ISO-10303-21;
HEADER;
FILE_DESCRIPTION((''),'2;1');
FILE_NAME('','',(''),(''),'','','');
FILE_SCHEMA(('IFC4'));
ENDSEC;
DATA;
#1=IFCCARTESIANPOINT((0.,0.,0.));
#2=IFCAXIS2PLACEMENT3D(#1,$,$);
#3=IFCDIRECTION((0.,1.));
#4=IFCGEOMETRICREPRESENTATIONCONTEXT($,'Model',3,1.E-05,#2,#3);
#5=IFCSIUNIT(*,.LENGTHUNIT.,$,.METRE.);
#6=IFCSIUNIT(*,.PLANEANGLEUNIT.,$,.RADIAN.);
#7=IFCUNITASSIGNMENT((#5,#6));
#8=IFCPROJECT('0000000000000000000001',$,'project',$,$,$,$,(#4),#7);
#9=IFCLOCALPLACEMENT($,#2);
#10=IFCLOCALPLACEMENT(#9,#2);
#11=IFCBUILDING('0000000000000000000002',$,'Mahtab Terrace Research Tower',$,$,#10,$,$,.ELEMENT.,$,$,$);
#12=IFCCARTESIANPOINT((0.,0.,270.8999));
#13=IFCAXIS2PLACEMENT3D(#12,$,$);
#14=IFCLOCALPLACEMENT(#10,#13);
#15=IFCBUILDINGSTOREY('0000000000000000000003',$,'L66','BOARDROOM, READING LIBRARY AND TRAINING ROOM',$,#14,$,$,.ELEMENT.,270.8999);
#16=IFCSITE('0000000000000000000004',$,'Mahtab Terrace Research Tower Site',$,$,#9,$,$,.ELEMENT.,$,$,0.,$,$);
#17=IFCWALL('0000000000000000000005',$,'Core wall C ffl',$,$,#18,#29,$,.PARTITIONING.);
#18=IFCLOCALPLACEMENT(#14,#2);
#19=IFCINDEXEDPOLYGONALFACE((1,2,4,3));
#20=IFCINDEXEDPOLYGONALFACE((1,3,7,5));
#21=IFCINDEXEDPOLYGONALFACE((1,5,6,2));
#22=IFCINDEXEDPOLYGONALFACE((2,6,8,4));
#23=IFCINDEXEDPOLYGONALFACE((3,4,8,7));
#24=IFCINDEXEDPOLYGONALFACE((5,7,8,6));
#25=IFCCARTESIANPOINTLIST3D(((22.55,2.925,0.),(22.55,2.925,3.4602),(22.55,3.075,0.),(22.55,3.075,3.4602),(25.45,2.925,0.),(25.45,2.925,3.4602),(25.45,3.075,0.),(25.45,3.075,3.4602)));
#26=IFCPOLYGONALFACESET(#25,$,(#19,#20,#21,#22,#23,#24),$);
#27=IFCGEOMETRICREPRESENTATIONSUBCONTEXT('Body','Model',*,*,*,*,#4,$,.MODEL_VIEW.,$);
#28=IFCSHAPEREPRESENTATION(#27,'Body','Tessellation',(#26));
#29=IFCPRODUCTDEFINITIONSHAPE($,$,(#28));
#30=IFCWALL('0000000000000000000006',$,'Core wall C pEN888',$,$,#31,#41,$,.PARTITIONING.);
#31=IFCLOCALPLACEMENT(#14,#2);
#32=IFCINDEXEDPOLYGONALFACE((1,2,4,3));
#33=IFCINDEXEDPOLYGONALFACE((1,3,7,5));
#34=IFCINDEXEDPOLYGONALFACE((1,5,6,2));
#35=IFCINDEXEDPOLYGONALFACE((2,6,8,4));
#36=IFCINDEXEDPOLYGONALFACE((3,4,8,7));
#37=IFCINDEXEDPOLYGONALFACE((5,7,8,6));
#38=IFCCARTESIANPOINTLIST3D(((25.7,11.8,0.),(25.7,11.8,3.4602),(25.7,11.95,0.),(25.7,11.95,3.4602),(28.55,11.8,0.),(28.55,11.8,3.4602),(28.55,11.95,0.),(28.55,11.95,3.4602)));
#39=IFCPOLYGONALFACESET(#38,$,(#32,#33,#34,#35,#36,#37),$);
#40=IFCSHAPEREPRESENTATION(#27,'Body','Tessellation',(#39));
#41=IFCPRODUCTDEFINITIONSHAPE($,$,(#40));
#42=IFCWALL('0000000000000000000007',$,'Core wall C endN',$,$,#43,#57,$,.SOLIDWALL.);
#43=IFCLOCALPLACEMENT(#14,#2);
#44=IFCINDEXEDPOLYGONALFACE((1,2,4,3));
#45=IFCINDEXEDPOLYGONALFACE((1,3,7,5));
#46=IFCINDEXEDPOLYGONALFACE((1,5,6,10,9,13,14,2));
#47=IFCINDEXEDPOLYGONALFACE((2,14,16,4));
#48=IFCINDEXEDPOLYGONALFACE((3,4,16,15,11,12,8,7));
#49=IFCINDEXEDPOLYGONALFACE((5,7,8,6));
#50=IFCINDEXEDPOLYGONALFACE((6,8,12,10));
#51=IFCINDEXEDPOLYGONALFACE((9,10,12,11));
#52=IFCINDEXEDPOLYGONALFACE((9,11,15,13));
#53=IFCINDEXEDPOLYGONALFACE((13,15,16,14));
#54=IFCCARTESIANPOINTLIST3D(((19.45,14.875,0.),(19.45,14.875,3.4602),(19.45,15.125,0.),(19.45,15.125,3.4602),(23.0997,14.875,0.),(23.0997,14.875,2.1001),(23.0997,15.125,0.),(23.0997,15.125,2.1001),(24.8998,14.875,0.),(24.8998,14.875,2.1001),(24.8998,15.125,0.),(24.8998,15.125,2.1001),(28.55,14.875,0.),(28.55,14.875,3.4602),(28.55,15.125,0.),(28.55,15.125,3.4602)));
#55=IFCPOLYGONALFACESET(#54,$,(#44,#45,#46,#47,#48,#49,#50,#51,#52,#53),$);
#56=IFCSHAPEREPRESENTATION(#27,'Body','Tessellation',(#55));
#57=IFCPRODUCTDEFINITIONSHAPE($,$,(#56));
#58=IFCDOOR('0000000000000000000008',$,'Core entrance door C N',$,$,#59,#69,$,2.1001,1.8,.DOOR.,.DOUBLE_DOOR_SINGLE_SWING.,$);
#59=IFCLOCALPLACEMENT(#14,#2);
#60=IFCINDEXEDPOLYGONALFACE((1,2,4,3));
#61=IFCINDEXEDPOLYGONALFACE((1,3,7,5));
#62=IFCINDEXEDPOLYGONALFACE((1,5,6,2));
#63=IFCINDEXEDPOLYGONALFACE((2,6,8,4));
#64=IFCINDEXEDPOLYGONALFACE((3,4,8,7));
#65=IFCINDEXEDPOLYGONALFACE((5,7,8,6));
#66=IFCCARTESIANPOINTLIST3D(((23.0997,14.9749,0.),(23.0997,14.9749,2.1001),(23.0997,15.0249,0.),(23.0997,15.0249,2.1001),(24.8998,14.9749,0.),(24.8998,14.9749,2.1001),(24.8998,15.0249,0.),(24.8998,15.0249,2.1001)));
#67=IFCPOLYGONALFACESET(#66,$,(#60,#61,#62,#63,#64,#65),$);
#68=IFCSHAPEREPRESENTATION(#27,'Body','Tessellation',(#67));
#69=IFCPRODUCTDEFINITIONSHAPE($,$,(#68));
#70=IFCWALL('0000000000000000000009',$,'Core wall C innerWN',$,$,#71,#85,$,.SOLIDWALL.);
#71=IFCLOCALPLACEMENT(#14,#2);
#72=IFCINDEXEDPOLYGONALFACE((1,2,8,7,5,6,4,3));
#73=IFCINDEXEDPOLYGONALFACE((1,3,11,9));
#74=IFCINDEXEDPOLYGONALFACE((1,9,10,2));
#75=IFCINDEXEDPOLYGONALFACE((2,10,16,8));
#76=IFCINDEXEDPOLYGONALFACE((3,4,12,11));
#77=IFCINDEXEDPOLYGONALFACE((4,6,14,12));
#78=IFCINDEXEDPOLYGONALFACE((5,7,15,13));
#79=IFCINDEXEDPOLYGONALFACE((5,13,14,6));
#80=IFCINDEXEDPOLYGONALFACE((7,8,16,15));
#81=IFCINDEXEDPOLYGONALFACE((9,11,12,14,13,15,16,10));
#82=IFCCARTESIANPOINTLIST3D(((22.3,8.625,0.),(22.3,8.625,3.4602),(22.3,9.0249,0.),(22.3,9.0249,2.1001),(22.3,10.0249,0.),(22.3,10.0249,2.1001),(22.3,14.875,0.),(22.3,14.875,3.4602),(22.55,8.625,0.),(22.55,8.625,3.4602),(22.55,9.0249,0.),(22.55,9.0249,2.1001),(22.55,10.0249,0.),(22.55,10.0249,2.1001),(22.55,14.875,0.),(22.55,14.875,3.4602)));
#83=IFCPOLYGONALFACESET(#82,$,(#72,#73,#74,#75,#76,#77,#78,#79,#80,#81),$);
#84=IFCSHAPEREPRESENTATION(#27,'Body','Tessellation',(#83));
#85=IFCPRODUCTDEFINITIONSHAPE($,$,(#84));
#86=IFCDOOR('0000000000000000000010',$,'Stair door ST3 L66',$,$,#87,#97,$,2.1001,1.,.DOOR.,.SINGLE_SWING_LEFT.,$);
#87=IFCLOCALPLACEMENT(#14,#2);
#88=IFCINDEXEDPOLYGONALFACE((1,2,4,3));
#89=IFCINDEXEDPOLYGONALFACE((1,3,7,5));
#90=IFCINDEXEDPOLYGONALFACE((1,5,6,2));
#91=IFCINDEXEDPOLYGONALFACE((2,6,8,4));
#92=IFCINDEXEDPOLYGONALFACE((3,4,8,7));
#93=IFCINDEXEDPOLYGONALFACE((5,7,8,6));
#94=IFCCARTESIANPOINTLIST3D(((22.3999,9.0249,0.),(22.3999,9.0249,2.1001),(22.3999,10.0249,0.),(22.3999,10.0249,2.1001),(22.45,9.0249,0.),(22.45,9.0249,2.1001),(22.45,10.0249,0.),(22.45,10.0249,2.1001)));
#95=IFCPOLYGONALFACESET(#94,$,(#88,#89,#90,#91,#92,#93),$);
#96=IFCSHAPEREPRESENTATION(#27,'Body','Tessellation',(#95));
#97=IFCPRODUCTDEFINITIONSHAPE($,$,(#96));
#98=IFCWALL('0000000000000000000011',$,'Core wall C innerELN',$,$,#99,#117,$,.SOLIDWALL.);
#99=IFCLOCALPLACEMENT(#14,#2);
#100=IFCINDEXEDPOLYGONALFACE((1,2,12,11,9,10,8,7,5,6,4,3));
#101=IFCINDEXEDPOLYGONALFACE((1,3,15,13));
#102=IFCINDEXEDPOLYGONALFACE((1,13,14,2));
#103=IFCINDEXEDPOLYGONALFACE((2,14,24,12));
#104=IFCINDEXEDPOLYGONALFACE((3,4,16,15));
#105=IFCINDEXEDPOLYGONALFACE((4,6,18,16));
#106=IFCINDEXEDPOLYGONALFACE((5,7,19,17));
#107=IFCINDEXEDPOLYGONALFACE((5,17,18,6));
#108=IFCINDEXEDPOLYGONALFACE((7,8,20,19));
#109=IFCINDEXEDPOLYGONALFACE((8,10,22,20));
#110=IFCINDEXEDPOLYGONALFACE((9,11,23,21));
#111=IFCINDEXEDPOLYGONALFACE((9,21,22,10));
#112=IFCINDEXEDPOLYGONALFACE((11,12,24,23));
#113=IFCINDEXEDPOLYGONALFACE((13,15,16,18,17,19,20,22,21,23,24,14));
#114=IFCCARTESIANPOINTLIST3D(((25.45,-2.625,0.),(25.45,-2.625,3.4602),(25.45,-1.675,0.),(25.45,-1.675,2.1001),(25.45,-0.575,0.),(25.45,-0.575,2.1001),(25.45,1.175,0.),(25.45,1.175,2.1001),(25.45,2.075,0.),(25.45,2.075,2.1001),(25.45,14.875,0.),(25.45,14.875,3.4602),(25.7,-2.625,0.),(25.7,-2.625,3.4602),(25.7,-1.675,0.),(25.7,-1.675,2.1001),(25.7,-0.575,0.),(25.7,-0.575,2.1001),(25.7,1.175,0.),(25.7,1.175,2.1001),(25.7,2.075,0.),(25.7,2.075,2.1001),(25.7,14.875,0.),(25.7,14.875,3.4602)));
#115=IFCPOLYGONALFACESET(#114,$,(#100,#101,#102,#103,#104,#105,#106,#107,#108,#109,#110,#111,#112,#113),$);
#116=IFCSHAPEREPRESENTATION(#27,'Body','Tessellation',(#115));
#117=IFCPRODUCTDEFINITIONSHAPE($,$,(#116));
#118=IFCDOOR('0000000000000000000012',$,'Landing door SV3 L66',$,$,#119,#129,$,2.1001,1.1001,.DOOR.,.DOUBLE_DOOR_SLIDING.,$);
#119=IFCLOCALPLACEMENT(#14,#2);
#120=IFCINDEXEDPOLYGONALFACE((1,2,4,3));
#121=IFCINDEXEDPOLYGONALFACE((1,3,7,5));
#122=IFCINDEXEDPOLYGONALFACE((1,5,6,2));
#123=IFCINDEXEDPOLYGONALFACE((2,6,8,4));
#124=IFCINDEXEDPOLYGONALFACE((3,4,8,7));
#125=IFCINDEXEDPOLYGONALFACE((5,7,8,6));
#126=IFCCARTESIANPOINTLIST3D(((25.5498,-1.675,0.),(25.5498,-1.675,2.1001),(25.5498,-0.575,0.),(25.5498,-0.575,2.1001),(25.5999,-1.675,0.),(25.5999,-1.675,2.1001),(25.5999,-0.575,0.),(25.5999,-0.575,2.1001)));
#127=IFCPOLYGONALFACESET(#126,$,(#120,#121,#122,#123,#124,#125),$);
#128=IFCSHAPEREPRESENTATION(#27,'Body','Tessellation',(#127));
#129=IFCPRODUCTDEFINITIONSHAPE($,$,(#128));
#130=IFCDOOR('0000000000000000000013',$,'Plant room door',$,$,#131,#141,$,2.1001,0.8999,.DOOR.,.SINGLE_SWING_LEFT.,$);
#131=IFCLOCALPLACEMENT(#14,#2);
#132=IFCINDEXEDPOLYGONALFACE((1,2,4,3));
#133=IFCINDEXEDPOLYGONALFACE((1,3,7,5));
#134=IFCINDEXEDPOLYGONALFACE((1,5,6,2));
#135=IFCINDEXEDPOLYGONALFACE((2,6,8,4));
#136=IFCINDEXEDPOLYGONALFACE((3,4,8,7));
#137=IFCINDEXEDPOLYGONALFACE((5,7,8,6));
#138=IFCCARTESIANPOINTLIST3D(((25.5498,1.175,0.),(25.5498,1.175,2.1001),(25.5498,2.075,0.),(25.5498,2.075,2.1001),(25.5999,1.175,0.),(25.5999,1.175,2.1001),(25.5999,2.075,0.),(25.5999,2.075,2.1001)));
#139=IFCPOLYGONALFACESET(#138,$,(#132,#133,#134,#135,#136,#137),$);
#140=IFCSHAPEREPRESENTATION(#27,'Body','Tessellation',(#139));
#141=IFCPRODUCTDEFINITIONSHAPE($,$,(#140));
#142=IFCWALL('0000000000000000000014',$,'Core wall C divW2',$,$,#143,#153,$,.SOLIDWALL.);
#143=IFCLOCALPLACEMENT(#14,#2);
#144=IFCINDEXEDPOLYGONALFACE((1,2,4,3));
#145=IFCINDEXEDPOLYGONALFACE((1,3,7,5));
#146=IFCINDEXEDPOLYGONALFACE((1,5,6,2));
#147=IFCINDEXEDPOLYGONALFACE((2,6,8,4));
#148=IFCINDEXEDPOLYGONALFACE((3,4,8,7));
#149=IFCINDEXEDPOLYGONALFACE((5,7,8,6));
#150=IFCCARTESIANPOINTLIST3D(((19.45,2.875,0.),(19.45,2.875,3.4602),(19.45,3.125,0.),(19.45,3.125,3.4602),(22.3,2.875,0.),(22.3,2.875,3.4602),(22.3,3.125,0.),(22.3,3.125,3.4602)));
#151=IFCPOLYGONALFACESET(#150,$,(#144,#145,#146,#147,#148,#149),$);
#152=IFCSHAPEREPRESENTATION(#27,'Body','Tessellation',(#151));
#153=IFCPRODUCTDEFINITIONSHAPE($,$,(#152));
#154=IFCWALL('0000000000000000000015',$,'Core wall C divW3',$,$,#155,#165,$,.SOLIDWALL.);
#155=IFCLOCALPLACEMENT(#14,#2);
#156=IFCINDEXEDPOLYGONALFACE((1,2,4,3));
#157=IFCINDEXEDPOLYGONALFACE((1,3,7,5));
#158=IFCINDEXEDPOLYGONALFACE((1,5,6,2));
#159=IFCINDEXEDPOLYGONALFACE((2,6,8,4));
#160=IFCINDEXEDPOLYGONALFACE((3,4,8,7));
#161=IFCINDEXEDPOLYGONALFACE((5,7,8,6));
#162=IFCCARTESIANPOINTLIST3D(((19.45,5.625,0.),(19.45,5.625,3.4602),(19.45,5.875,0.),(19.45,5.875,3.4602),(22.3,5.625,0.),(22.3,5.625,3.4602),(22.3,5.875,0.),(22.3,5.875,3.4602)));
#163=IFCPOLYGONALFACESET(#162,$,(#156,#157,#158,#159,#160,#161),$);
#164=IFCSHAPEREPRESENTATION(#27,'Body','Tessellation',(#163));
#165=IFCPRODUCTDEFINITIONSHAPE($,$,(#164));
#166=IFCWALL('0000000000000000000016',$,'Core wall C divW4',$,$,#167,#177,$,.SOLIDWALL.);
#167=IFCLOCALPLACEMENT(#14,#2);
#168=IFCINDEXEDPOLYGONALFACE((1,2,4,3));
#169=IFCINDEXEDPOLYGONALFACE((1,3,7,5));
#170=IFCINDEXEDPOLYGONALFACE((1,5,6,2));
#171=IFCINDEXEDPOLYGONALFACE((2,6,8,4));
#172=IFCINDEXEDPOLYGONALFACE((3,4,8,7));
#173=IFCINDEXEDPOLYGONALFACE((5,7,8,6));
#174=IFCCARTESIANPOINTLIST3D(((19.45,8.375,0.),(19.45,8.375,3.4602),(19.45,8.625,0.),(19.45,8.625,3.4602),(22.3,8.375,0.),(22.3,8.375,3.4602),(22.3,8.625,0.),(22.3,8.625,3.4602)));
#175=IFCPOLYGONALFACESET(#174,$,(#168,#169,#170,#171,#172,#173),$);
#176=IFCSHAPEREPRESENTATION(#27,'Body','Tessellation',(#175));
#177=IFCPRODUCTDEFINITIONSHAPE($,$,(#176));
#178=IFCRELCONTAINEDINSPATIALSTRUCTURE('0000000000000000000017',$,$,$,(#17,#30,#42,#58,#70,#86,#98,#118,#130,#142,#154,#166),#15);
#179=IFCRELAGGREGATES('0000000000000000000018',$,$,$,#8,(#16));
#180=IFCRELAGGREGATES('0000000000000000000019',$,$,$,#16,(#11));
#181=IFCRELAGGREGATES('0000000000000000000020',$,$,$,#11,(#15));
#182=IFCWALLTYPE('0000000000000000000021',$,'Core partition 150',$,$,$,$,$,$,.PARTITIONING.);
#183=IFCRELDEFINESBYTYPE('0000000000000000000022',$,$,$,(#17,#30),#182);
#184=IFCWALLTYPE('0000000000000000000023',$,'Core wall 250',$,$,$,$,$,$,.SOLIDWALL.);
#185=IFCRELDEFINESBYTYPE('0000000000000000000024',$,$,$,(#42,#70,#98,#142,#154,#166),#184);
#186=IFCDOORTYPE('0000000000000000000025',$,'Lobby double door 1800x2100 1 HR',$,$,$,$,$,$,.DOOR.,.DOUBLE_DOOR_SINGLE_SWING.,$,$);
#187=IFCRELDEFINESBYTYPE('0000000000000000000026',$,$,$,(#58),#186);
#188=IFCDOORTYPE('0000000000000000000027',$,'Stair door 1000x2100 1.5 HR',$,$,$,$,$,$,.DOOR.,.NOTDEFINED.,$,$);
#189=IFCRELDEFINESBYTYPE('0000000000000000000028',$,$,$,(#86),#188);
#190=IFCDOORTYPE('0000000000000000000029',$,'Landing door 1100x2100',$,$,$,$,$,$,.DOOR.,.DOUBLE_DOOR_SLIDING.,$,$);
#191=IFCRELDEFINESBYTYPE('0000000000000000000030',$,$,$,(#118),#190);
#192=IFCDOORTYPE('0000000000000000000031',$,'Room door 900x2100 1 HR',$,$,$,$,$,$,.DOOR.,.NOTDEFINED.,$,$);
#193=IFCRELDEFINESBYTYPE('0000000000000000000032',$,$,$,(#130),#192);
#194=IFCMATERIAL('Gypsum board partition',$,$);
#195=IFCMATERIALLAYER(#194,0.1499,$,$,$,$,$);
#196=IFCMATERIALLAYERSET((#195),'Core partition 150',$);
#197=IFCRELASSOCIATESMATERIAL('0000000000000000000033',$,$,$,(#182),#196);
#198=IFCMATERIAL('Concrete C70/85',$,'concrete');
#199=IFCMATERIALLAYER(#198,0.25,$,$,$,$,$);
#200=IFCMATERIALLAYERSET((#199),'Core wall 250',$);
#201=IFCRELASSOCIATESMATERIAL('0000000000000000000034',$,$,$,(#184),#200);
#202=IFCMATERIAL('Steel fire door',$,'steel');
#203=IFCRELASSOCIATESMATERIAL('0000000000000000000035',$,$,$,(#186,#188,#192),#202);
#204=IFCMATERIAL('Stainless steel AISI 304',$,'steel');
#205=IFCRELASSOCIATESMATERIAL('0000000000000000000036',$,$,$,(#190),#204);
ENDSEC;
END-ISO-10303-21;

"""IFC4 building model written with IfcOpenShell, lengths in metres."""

from ifc_helpers import new_model, si_unit, direction, frame, frame_2d, origin, place, context, subcontext, project, spatial, rectangle, extrude, material, layer, layer_set, type_object, element, fill, save


model = new_model("IFC4")

# Units and contexts
model_context = context("Model", 3, precision=1e-05, world=origin(), true_north=direction((0.0, 1.0)))
body_context = subcontext(model_context, "Body", "Model", "MODEL_VIEW")
ifc_project = project(units=[si_unit("LENGTHUNIT", "METRE"), si_unit("PLANEANGLEUNIT", "RADIAN")], contexts=[model_context])

# Site, building, storey
site_placement = place(None, origin())
site = spatial("IfcSite", under=ifc_project, at=site_placement, Name="Mahtab Terrace Research Tower Site", CompositionType="ELEMENT", RefElevation=0.0)
building_placement = place(site_placement, origin())
building = spatial("IfcBuilding", under=site, at=building_placement, Name="Mahtab Terrace Research Tower", CompositionType="ELEMENT")
storey_placement = place(building_placement, frame((0.0, 0.0, 270.8999)))
storey = spatial("IfcBuildingStorey", under=building, at=storey_placement, Name="L66", Description="BOARDROOM, READING LIBRARY AND TRAINING ROOM", CompositionType="ELEMENT", Elevation=270.8999)

# Walls
ifc_material_1 = material(Name="Gypsum board partition")
ifc_layer_1 = layer(ifc_material_1, 0.1499)
ifc_layer_set_1 = layer_set([ifc_layer_1], Name="Core partition 150")
wall_type_1 = type_object("IfcWallType", Name="Core partition 150", PredefinedType="PARTITIONING", material=ifc_layer_set_1)
wall_1_placement = place(storey_placement, frame((22.55, 3.0, 0.0), z_axis=(0.0, 0.0, 1.0), x_axis=(1.0, 0.0, 0.0)))
element("IfcWall", 1, at=wall_1_placement, inside=storey, type_object=wall_type_1, Name="Core wall C ffl", PredefinedType="PARTITIONING", context=body_context, shape_type="SweptSolid", body=[
    extrude(rectangle(XDim=2.8999, YDim=0.1499, at=frame_2d((1.45, 0.0))), origin(), (0.0, 0.0, 1.0), 3.4602),
])
wall_2_placement = place(storey_placement, frame((25.7, 11.875, 0.0), z_axis=(0.0, 0.0, 1.0), x_axis=(1.0, 0.0, 0.0)))
element("IfcWall", 2, at=wall_2_placement, inside=storey, type_object=wall_type_1, Name="Core wall C pEN888", PredefinedType="PARTITIONING", context=body_context, shape_type="SweptSolid", body=[
    extrude(rectangle(XDim=2.8501, YDim=0.1499, at=frame_2d((1.425, 0.0))), origin(), (0.0, 0.0, 1.0), 3.4602),
])

# Walls, openings, doors
ifc_material_2 = material(Name="Concrete C70/85", Category="concrete")
ifc_layer_2 = layer(ifc_material_2, 0.25)
ifc_layer_set_2 = layer_set([ifc_layer_2], Name="Core wall 250")
wall_type_2 = type_object("IfcWallType", Name="Core wall 250", PredefinedType="SOLIDWALL", material=ifc_layer_set_2)
wall_3_placement = place(storey_placement, frame((19.45, 15.0, 0.0), z_axis=(0.0, 0.0, 1.0), x_axis=(1.0, 0.0, 0.0)))
wall_3 = element("IfcWall", 3, at=wall_3_placement, inside=storey, type_object=wall_type_2, Name="Core wall C endN", PredefinedType="SOLIDWALL", context=body_context, shape_type="SweptSolid", body=[
    extrude(rectangle(XDim=9.1001, YDim=0.25, at=frame_2d((4.55, 0.0))), origin(), (0.0, 0.0, 1.0), 3.4602),
])
opening_1_placement = place(wall_3_placement, frame((3.6499, 0.0, 0.0)))
opening_1 = element("IfcOpeningElement", 4, at=opening_1_placement, cuts=wall_3, PredefinedType="OPENING", context=body_context, shape_type="SweptSolid", body=[
    extrude(rectangle(XDim=1.8, YDim=2.1001, at=frame_2d((0.8999, 1.05))), frame((0.0, 0.135, 0.0), z_axis=(0.0, -1.0, 0.0), x_axis=(1.0, 0.0, 0.0)), (0.0, 0.0, 1.0), 0.27),
])
ifc_material_3 = material(Name="Steel fire door", Category="steel")
door_type_1 = type_object("IfcDoorType", Name="Lobby double door 1800x2100 1 HR", OperationType="DOUBLE_DOOR_SINGLE_SWING", PredefinedType="DOOR", material=ifc_material_3)
door_1_placement = place(opening_1_placement, origin())
door_1 = element("IfcDoor", 5, at=door_1_placement, inside=storey, type_object=door_type_1, Name="Core entrance door C N", OperationType="DOUBLE_DOOR_SINGLE_SWING", OverallHeight=2.1001, OverallWidth=1.8, PredefinedType="DOOR", context=body_context, shape_type="SweptSolid", body=[
    extrude(rectangle(XDim=1.8, YDim=2.1001, at=frame_2d((0.8999, 1.05))), frame((0.0, 0.0249, 0.0), z_axis=(0.0, -1.0, 0.0), x_axis=(1.0, 0.0, 0.0)), (0.0, 0.0, 1.0), 0.05),
])
fill(opening_1, door_1)
wall_4_placement = place(storey_placement, frame((22.425, 14.875, 0.0), z_axis=(0.0, 0.0, 1.0), x_axis=(0.0, -1.0, 0.0)))
wall_4 = element("IfcWall", 6, at=wall_4_placement, inside=storey, type_object=wall_type_2, Name="Core wall C innerWN", PredefinedType="SOLIDWALL", context=body_context, shape_type="SweptSolid", body=[
    extrude(rectangle(XDim=6.25, YDim=0.25, at=frame_2d((3.125, 0.0))), origin(), (0.0, 0.0, 1.0), 3.4602),
])
opening_2_placement = place(wall_4_placement, frame((4.8501, 0.0, 0.0)))
opening_2 = element("IfcOpeningElement", 7, at=opening_2_placement, cuts=wall_4, PredefinedType="OPENING", context=body_context, shape_type="SweptSolid", body=[
    extrude(rectangle(XDim=1.0, YDim=2.1001, at=frame_2d((0.5, 1.05))), frame((0.0, 0.135, 0.0), z_axis=(0.0, -1.0, 0.0), x_axis=(1.0, 0.0, 0.0)), (0.0, 0.0, 1.0), 0.27),
])
door_type_2 = type_object("IfcDoorType", Name="Stair door 1000x2100 1.5 HR", OperationType="NOTDEFINED", PredefinedType="DOOR", material=ifc_material_3)
door_2_placement = place(opening_2_placement, origin())
door_2 = element("IfcDoor", 8, at=door_2_placement, inside=storey, type_object=door_type_2, Name="Stair door ST3 L66", OperationType="SINGLE_SWING_LEFT", OverallHeight=2.1001, OverallWidth=1.0, PredefinedType="DOOR", context=body_context, shape_type="SweptSolid", body=[
    extrude(rectangle(XDim=1.0, YDim=2.1001, at=frame_2d((0.5, 1.05))), frame((0.0, 0.0249, 0.0), z_axis=(0.0, -1.0, 0.0), x_axis=(1.0, 0.0, 0.0)), (0.0, 0.0, 1.0), 0.05),
])
fill(opening_2, door_2)

# Wall, openings, doors
wall_5_placement = place(storey_placement, frame((25.575, 14.875, 0.0), z_axis=(0.0, 0.0, 1.0), x_axis=(0.0, -1.0, 0.0)))
wall_5 = element("IfcWall", 9, at=wall_5_placement, inside=storey, type_object=wall_type_2, Name="Core wall C innerELN", PredefinedType="SOLIDWALL", context=body_context, shape_type="SweptSolid", body=[
    extrude(rectangle(XDim=17.5, YDim=0.25, at=frame_2d((8.75, 0.0))), origin(), (0.0, 0.0, 1.0), 3.4602),
])
opening_3_placement = place(wall_5_placement, frame((15.45, 0.0, 0.0)))
opening_3 = element("IfcOpeningElement", 10, at=opening_3_placement, cuts=wall_5, PredefinedType="OPENING", context=body_context, shape_type="SweptSolid", body=[
    extrude(rectangle(XDim=1.1001, YDim=2.1001, at=frame_2d((0.55, 1.05))), frame((0.0, 0.135, 0.0), z_axis=(0.0, -1.0, 0.0), x_axis=(1.0, 0.0, 0.0)), (0.0, 0.0, 1.0), 0.27),
])
opening_4_placement = place(wall_5_placement, frame((12.8, 0.0, 0.0)))
opening_4 = element("IfcOpeningElement", 11, at=opening_4_placement, cuts=wall_5, PredefinedType="OPENING", context=body_context, shape_type="SweptSolid", body=[
    extrude(rectangle(XDim=0.8999, YDim=2.1001, at=frame_2d((0.45, 1.05))), frame((0.0, 0.135, 0.0), z_axis=(0.0, -1.0, 0.0), x_axis=(1.0, 0.0, 0.0)), (0.0, 0.0, 1.0), 0.27),
])
ifc_material_4 = material(Name="Stainless steel AISI 304", Category="steel")
door_type_3 = type_object("IfcDoorType", Name="Landing door 1100x2100", OperationType="DOUBLE_DOOR_SLIDING", PredefinedType="DOOR", material=ifc_material_4)
door_3_placement = place(opening_3_placement, origin())
door_3 = element("IfcDoor", 12, at=door_3_placement, inside=storey, type_object=door_type_3, Name="Landing door SV3 L66", OperationType="DOUBLE_DOOR_SLIDING", OverallHeight=2.1001, OverallWidth=1.1001, PredefinedType="DOOR", context=body_context, shape_type="SweptSolid", body=[
    extrude(rectangle(XDim=1.1001, YDim=2.1001, at=frame_2d((0.55, 1.05))), frame((0.0, 0.0249, 0.0), z_axis=(0.0, -1.0, 0.0), x_axis=(1.0, 0.0, 0.0)), (0.0, 0.0, 1.0), 0.05),
])
fill(opening_3, door_3)
door_type_4 = type_object("IfcDoorType", Name="Room door 900x2100 1 HR", OperationType="NOTDEFINED", PredefinedType="DOOR", material=ifc_material_3)
door_4_placement = place(opening_4_placement, origin())
door_4 = element("IfcDoor", 13, at=door_4_placement, inside=storey, type_object=door_type_4, Name="Plant room door", OperationType="SINGLE_SWING_LEFT", OverallHeight=2.1001, OverallWidth=0.8999, PredefinedType="DOOR", context=body_context, shape_type="SweptSolid", body=[
    extrude(rectangle(XDim=0.8999, YDim=2.1001, at=frame_2d((0.45, 1.05))), frame((0.0, 0.0249, 0.0), z_axis=(0.0, -1.0, 0.0), x_axis=(1.0, 0.0, 0.0)), (0.0, 0.0, 1.0), 0.05),
])
fill(opening_4, door_4)

# Walls
for number, where, z_axis, x_axis, name in (
    (14, (19.45, 3.0, 0.0), (0.0, 0.0, 1.0), (1.0, 0.0, 0.0), "Core wall C divW2"),
    (15, (19.45, 5.75, 0.0), (0.0, 0.0, 1.0), (1.0, 0.0, 0.0), "Core wall C divW3"),
    (16, (19.45, 8.5, 0.0), (0.0, 0.0, 1.0), (1.0, 0.0, 0.0), "Core wall C divW4"),
):
    element("IfcWall", number, at=place(storey_placement, frame(where, z_axis=z_axis, x_axis=x_axis)), inside=storey, type_object=wall_type_2, Name=name, PredefinedType="SOLIDWALL", context=body_context, shape_type="SweptSolid", body=[
        extrude(rectangle(XDim=2.8501, YDim=0.25, at=frame_2d((1.425, 0.0))), origin(), (0.0, 0.0, 1.0), 3.4602),
    ])

save(model, "model.ifc")
